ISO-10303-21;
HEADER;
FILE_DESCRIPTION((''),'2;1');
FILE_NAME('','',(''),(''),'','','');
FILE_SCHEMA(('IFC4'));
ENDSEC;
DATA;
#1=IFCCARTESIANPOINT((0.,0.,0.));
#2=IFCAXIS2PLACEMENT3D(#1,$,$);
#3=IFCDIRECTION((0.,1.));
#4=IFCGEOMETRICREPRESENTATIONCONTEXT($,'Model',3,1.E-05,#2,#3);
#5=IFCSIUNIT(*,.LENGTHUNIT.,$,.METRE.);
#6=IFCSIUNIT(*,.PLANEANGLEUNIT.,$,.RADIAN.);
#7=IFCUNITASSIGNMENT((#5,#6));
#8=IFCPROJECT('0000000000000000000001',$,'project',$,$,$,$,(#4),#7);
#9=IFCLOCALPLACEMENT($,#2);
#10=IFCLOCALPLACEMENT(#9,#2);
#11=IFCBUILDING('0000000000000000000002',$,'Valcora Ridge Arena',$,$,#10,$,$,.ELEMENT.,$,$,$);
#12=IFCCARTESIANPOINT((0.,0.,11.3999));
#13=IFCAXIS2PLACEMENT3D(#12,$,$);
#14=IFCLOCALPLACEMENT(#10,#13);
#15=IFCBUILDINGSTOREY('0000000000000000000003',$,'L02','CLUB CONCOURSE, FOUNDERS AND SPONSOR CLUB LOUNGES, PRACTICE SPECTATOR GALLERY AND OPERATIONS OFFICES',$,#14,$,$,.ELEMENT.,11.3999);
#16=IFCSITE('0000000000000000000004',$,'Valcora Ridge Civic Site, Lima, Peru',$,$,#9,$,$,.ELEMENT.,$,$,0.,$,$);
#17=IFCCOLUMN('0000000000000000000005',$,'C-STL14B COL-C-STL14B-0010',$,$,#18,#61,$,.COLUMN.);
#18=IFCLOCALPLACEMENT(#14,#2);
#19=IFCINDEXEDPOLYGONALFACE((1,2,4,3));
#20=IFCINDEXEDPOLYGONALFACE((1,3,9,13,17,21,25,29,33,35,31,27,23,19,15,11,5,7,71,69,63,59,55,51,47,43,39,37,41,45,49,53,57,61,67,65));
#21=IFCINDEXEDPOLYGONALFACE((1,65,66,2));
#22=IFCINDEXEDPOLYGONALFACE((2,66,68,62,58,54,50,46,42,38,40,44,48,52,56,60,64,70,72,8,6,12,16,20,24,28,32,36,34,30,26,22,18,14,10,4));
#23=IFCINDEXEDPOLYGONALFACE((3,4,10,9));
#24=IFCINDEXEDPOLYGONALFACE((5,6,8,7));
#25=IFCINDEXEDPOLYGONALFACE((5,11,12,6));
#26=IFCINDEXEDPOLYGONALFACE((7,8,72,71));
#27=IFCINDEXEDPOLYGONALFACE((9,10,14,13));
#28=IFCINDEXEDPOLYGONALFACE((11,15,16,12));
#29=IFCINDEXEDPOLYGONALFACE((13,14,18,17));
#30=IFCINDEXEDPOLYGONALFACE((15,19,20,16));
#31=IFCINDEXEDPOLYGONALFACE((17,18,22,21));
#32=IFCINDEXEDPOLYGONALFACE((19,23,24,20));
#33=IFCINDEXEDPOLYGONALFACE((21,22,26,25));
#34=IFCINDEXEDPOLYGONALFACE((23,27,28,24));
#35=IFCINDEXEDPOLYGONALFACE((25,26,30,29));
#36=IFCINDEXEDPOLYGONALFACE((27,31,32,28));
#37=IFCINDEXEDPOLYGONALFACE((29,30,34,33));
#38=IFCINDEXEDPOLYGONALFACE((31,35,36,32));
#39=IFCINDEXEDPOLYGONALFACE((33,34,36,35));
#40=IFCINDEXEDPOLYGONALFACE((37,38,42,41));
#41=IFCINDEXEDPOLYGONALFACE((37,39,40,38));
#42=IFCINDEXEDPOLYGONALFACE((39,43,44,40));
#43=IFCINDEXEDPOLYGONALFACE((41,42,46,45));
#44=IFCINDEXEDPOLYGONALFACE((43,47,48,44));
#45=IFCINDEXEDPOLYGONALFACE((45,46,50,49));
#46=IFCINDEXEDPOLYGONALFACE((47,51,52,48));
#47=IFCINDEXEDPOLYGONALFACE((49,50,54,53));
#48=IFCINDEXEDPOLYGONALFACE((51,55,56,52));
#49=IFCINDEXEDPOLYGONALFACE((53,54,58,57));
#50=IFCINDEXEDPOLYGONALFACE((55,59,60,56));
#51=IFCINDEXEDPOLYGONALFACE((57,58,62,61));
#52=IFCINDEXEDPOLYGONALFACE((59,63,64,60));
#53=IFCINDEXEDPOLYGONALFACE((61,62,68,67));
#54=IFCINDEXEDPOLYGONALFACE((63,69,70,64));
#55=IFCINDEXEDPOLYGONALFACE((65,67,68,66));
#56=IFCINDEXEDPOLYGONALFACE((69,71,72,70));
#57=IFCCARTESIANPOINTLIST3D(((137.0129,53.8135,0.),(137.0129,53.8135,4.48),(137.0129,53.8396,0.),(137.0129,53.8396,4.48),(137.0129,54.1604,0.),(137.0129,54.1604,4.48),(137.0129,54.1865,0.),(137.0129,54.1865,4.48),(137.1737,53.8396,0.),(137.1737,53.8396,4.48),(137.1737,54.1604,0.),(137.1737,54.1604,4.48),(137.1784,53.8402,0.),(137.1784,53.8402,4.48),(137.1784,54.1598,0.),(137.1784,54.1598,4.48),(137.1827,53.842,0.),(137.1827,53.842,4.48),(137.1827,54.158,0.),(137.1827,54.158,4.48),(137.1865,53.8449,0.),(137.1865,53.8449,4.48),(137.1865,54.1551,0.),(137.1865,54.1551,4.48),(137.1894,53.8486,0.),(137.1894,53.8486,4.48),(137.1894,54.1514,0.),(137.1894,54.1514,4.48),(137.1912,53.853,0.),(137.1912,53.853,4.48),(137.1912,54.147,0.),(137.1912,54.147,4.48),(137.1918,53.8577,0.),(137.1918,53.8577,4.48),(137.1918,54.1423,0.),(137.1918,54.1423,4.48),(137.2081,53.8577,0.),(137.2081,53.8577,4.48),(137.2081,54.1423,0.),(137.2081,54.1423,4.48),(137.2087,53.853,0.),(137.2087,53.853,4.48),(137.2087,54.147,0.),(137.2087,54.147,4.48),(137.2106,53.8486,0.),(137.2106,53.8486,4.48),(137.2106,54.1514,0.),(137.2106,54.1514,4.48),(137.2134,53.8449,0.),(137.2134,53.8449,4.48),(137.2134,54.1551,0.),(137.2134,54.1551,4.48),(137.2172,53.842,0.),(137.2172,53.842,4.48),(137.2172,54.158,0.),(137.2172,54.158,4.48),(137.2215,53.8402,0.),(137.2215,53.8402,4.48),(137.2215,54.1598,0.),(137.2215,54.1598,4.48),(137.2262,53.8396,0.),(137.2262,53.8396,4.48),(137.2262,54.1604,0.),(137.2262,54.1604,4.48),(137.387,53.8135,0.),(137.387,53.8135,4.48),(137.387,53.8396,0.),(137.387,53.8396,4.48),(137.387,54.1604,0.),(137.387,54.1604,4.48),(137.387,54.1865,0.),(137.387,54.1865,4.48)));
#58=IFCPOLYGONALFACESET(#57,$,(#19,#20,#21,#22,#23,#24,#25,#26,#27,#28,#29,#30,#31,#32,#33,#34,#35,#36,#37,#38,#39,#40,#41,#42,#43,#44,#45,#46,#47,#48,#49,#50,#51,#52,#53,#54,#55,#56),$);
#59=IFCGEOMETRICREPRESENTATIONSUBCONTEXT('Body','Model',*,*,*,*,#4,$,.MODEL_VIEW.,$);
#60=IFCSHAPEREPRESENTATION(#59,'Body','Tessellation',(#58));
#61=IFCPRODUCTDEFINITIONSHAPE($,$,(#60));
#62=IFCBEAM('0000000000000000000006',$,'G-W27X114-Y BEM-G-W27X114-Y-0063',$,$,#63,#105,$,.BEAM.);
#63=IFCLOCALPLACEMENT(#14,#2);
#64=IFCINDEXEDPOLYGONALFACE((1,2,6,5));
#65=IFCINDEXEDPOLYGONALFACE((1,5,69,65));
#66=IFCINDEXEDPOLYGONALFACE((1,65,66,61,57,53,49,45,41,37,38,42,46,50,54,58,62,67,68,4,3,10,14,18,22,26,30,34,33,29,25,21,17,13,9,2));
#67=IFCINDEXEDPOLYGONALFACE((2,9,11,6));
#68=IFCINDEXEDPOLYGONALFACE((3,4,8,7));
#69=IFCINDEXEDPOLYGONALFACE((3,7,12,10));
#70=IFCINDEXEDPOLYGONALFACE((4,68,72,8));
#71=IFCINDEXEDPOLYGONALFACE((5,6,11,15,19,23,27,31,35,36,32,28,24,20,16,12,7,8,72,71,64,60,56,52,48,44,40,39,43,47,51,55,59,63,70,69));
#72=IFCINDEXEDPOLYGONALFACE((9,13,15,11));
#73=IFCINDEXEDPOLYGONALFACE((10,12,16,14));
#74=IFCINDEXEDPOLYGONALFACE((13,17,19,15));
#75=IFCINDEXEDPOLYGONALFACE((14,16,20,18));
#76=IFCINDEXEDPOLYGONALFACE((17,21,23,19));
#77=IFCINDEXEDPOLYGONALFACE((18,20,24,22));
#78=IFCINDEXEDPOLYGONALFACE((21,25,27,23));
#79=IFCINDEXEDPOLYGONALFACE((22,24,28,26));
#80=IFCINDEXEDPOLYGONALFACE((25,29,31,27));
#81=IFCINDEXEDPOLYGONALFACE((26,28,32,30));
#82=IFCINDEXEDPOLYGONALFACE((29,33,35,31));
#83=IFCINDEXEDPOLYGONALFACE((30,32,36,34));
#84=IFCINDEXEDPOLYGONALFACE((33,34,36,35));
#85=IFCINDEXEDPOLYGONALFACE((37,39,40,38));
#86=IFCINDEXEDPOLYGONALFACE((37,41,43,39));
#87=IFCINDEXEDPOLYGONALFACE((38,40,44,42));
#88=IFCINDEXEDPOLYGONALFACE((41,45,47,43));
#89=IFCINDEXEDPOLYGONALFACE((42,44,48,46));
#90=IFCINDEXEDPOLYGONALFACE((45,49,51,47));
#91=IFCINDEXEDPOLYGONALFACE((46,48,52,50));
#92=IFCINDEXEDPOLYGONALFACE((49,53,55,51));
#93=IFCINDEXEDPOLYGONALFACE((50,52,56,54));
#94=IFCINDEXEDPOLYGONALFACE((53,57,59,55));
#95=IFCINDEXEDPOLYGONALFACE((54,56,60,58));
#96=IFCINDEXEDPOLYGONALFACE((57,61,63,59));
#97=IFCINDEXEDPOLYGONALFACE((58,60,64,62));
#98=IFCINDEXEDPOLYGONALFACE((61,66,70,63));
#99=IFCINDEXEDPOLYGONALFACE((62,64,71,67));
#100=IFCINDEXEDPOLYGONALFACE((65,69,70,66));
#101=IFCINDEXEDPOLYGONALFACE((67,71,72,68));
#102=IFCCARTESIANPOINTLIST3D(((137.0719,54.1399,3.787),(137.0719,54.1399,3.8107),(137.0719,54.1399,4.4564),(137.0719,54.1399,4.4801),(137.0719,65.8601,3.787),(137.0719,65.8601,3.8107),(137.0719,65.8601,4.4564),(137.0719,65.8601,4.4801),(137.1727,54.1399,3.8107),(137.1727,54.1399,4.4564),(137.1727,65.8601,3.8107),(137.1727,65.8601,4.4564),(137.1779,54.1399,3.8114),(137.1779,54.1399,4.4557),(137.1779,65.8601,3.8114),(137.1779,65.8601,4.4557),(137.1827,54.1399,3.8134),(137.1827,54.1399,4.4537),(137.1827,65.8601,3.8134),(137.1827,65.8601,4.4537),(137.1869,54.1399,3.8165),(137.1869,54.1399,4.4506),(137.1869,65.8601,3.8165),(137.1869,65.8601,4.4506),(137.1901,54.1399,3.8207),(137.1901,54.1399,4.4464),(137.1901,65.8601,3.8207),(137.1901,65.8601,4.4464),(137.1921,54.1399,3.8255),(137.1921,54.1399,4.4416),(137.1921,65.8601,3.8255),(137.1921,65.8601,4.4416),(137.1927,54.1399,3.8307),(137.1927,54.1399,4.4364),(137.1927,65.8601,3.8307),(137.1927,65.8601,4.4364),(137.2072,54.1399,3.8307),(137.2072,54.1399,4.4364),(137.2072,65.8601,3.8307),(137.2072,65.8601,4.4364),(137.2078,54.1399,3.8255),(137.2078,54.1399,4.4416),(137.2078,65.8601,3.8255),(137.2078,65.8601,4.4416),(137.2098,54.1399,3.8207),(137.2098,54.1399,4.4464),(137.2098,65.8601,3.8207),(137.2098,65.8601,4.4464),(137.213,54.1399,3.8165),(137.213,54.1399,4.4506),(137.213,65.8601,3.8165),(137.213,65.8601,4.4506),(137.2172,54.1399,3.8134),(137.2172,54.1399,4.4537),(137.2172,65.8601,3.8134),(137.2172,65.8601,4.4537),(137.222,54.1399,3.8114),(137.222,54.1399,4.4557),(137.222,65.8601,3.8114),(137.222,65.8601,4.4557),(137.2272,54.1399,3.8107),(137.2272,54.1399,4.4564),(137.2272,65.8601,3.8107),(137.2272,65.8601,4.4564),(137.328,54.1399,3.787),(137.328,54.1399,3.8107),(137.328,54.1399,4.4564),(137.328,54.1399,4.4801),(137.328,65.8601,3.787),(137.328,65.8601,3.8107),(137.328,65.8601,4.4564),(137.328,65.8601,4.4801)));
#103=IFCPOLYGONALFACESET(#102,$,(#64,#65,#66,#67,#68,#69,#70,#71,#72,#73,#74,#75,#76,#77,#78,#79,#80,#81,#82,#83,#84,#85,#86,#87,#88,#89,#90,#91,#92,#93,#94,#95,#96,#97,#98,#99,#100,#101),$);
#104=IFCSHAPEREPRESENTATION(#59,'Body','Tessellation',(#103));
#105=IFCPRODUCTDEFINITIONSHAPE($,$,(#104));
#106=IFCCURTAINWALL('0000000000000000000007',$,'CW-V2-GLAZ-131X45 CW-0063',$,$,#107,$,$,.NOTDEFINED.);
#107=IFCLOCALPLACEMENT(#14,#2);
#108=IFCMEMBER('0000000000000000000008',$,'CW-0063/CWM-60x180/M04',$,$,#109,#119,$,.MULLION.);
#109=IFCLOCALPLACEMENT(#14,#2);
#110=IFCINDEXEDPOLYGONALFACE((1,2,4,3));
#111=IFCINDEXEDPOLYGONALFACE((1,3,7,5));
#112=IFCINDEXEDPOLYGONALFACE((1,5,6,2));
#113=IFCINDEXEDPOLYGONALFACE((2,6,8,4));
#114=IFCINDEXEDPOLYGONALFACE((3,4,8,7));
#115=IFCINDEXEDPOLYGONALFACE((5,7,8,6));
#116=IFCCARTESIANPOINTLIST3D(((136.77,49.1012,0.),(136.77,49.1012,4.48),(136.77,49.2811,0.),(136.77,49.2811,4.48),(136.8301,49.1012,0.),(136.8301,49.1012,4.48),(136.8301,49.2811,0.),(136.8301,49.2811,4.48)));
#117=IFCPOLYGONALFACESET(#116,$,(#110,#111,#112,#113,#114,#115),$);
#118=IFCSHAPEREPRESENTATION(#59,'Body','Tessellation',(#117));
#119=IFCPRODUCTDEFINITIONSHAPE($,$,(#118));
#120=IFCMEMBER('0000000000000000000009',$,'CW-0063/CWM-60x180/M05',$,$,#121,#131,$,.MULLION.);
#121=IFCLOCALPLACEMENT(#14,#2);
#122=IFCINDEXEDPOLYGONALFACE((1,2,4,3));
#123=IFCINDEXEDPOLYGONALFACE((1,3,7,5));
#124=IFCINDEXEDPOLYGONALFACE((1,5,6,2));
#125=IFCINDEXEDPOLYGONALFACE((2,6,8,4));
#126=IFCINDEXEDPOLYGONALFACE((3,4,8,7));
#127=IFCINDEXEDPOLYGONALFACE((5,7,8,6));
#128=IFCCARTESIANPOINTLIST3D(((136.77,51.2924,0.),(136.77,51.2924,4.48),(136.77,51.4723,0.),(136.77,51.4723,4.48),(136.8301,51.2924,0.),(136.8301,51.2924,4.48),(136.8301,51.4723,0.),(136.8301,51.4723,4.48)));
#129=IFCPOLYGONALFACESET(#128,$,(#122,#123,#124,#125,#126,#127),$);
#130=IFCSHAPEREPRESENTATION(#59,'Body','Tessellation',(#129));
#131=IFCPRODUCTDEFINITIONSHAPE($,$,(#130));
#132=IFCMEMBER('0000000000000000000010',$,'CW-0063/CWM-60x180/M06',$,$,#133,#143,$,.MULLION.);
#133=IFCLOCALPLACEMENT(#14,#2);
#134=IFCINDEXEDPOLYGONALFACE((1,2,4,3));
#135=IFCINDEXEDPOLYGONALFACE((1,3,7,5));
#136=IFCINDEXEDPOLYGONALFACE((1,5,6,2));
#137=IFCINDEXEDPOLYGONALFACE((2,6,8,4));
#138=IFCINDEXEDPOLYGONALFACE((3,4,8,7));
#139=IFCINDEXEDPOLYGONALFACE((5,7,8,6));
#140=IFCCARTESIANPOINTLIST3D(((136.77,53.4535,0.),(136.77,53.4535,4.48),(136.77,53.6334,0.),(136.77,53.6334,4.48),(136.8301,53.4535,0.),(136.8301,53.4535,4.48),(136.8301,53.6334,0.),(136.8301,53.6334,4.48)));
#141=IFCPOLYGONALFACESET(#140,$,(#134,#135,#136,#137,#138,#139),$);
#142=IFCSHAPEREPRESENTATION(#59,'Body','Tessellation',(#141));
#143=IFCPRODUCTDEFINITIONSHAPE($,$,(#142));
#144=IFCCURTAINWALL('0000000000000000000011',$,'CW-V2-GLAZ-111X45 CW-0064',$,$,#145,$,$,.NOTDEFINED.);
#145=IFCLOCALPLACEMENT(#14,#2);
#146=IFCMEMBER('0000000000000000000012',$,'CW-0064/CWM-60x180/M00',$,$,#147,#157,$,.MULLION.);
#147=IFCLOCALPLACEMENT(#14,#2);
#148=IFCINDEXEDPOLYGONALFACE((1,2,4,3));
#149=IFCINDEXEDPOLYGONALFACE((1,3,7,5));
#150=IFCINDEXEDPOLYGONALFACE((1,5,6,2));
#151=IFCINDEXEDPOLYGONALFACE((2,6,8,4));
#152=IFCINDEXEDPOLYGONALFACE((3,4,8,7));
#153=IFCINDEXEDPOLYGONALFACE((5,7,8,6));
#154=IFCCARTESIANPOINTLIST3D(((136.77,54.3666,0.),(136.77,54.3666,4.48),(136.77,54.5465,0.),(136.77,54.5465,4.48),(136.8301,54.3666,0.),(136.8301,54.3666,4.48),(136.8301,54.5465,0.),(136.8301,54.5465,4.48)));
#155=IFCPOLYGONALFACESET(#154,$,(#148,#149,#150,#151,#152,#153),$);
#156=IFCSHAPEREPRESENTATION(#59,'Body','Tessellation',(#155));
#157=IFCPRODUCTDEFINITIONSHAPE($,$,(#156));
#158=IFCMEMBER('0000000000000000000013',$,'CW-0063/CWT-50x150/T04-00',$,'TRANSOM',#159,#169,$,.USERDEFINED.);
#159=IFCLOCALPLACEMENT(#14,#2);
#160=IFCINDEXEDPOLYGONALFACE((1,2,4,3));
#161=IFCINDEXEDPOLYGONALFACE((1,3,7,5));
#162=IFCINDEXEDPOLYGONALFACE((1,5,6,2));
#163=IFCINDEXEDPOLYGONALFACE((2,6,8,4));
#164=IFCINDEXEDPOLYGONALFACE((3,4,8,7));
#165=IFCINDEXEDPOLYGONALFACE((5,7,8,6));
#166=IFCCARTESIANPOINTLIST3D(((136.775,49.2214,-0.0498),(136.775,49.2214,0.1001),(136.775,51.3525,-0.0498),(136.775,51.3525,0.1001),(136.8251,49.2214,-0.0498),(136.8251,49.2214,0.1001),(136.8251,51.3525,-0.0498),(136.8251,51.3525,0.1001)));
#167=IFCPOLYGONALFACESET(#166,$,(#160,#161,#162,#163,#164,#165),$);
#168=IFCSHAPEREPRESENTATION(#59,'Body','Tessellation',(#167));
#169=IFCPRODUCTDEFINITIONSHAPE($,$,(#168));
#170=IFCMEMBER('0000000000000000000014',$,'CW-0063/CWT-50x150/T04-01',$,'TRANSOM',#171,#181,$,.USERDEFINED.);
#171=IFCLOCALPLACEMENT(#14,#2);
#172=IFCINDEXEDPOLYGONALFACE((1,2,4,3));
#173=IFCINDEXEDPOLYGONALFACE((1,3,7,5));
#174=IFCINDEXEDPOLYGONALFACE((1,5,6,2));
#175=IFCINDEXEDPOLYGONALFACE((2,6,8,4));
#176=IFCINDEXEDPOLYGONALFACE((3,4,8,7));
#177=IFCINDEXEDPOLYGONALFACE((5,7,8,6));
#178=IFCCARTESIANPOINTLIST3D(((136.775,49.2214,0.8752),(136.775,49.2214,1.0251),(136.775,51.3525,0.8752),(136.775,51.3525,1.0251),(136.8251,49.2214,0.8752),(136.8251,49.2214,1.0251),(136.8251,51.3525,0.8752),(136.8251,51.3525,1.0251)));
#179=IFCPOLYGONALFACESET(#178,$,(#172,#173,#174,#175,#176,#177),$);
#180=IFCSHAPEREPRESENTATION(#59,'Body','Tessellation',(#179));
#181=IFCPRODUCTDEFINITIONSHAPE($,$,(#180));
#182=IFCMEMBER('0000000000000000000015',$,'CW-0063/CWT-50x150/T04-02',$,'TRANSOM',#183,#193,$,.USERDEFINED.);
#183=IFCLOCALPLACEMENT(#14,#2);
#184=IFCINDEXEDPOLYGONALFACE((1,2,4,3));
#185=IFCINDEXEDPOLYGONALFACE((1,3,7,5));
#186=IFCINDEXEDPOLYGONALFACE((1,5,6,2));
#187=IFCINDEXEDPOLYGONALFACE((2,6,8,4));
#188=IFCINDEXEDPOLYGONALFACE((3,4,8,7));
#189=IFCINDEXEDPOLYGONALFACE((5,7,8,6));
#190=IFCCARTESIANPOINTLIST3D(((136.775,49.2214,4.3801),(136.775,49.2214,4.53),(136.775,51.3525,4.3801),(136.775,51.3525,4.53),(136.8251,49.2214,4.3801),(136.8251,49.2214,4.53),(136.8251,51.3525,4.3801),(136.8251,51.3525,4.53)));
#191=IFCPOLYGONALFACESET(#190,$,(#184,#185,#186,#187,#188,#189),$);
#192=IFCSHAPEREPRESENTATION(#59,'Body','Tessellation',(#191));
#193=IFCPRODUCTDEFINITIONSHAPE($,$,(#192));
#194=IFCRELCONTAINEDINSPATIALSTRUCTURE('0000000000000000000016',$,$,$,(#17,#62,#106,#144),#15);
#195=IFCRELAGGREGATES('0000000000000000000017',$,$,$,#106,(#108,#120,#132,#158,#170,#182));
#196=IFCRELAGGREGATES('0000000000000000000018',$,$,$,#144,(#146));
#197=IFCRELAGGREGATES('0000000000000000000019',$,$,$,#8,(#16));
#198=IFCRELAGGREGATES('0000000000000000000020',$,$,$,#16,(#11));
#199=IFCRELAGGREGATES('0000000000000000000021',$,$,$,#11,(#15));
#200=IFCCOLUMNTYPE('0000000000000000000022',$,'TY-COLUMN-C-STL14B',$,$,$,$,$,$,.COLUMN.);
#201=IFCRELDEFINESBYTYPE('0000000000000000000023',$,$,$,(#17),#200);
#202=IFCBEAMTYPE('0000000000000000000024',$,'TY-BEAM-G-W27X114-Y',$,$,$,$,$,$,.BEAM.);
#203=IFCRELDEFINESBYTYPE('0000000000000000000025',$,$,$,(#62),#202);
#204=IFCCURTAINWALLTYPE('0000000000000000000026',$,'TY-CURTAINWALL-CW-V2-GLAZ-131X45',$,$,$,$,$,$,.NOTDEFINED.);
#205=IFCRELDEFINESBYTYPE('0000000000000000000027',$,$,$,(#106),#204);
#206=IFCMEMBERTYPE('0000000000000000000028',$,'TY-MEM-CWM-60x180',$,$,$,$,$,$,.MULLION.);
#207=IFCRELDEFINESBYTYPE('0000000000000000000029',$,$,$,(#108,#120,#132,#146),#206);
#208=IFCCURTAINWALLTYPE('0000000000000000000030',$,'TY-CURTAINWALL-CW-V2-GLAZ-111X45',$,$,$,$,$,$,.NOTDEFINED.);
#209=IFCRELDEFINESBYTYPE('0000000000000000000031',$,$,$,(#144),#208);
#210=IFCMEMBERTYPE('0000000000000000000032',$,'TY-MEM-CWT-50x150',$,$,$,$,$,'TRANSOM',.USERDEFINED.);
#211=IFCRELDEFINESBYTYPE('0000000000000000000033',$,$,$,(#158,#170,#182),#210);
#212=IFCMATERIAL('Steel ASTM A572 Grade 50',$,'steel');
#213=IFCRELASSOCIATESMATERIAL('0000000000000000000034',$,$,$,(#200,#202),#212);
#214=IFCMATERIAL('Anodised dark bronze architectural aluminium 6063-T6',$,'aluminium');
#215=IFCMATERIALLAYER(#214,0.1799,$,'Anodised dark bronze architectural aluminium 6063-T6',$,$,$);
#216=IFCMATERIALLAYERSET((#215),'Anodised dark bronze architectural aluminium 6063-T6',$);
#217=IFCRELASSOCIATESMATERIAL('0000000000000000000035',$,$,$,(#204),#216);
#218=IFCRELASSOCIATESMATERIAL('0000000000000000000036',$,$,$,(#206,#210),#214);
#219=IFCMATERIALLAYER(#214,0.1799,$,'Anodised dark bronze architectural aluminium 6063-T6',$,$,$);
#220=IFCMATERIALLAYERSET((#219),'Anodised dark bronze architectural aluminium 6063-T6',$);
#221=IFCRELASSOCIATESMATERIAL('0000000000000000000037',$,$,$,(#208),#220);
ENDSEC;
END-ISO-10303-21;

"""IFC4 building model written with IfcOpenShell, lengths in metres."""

from ifc_helpers import new_model, si_unit, direction, frame, origin, origin_2d, place, context, subcontext, project, spatial, rectangle, i_section, extrude, material, layer, layer_set, material_profile, profile_set, type_object, element, aggregate, save


model = new_model("IFC4")

# Units and contexts
model_context = context("Model", 3, precision=1e-05, world=origin(), true_north=direction((0.0, 1.0)))
body_context = subcontext(model_context, "Body", "Model", "MODEL_VIEW")
ifc_project = project(units=[si_unit("LENGTHUNIT", "METRE"), si_unit("PLANEANGLEUNIT", "RADIAN")], contexts=[model_context])

# Site, building, storey
site_placement = place(None, origin())
site = spatial("IfcSite", under=ifc_project, at=site_placement, Name="Valcora Ridge Civic Site, Lima, Peru", CompositionType="ELEMENT", RefElevation=0.0)
building_placement = place(site_placement, origin())
building = spatial("IfcBuilding", under=site, at=building_placement, Name="Valcora Ridge Arena", CompositionType="ELEMENT")
storey_placement = place(building_placement, frame((0.0, 0.0, 11.3999)))
storey = spatial("IfcBuildingStorey", under=building, at=storey_placement, Name="L02", Description="CLUB CONCOURSE, FOUNDERS AND SPONSOR CLUB LOUNGES, PRACTICE SPECTATOR GALLERY AND OPERATIONS OFFICES", CompositionType="ELEMENT", Elevation=11.3999)

# Column
ifc_material_1 = material(Name="Steel ASTM A572 Grade 50", Category="steel")
ifc_material_profile_1 = material_profile(ifc_material_1, i_section(OverallWidth=0.374, OverallDepth=0.373, WebThickness=0.0164, FlangeThickness=0.0261, FilletRadius=0.0181, at=origin_2d()), Name="W14X132")
ifc_profile_set_1 = profile_set([ifc_material_profile_1], Name="Steel ASTM A572 Grade 50")
column_type = type_object("IfcColumnType", Name="TY-COLUMN-C-STL14B", PredefinedType="COLUMN", material=ifc_profile_set_1)
column_placement = place(storey_placement, frame((137.2, 54.0, 0.0), z_axis=(0.0, 0.0, 1.0), x_axis=(1.0, 0.0, 0.0)))
element("IfcColumn", 1, at=column_placement, inside=storey, type_object=column_type, Name="C-STL14B COL-C-STL14B-0010", PredefinedType="COLUMN", context=body_context, shape_type="SweptSolid", body=[
    extrude(i_section(OverallWidth=0.374, OverallDepth=0.373, WebThickness=0.0164, FlangeThickness=0.0261, FilletRadius=0.0181, at=origin_2d()), origin(), (0.0, 0.0, 1.0), 4.48),
])

# Beam
ifc_material_profile_2 = material_profile(ifc_material_1, i_section(OverallWidth=0.2561, OverallDepth=0.6931, WebThickness=0.0144, FlangeThickness=0.0237, FilletRadius=0.02, at=origin_2d()), Name="W27X114")
ifc_profile_set_2 = profile_set([ifc_material_profile_2], Name="Steel ASTM A572 Grade 50")
beam_type = type_object("IfcBeamType", Name="TY-BEAM-G-W27X114-Y", PredefinedType="BEAM", material=ifc_profile_set_2)
beam_placement = place(storey_placement, frame((137.2, 54.1399, 4.1335), z_axis=(0.0, 1.0, 0.0), x_axis=(-1.0, 0.0, 0.0)))
element("IfcBeam", 2, at=beam_placement, inside=storey, type_object=beam_type, Name="G-W27X114-Y BEM-G-W27X114-Y-0063", PredefinedType="BEAM", context=body_context, shape_type="SweptSolid", body=[
    extrude(i_section(OverallWidth=0.2561, OverallDepth=0.6931, WebThickness=0.0144, FlangeThickness=0.0237, FilletRadius=0.02, at=origin_2d()), origin(), (0.0, 0.0, 1.0), 11.7202),
])

# Curtain wall, members
ifc_material_2 = material(Name="Anodised dark bronze architectural aluminium 6063-T6", Category="aluminium")
ifc_layer_1 = layer(ifc_material_2, 0.1799, Name="Anodised dark bronze architectural aluminium 6063-T6")
ifc_layer_set_1 = layer_set([ifc_layer_1], Name="Anodised dark bronze architectural aluminium 6063-T6")
curtain_wall_type_1 = type_object("IfcCurtainWallType", Name="TY-CURTAINWALL-CW-V2-GLAZ-131X45", PredefinedType="NOTDEFINED", material=ifc_layer_set_1)
curtain_wall_1_placement = place(storey_placement, origin())
curtain_wall_1 = element("IfcCurtainWall", 3, at=curtain_wall_1_placement, inside=storey, type_object=curtain_wall_type_1, Name="CW-V2-GLAZ-131X45 CW-0063", PredefinedType="NOTDEFINED")
ifc_material_profile_3 = material_profile(ifc_material_2, rectangle(XDim=0.0601, YDim=0.1799, at=origin_2d()), Name="ALU MULLION 60x180")
ifc_profile_set_3 = profile_set([ifc_material_profile_3], Name="Anodised dark bronze architectural aluminium 6063-T6")
member_type_1 = type_object("IfcMemberType", Name="TY-MEM-CWM-60x180", PredefinedType="MULLION", material=ifc_profile_set_3)
member_1_placement = place(storey_placement, frame((136.8, 49.1912, 0.0), z_axis=(0.0, 0.0, 1.0), x_axis=(-1.0, 0.0, 0.0)))
member_1 = element("IfcMember", 4, at=member_1_placement, type_object=member_type_1, Name="CW-0063/CWM-60x180/M04", PredefinedType="MULLION", context=body_context, shape_type="SweptSolid", body=[
    extrude(rectangle(XDim=0.0601, YDim=0.1799, at=origin_2d()), origin(), (0.0, 0.0, 1.0), 4.48),
])
member_2_placement = place(storey_placement, frame((136.8, 51.3823, 0.0), z_axis=(0.0, 0.0, 1.0), x_axis=(-1.0, 0.0, 0.0)))
member_2 = element("IfcMember", 5, at=member_2_placement, type_object=member_type_1, Name="CW-0063/CWM-60x180/M05", PredefinedType="MULLION", context=body_context, shape_type="SweptSolid", body=[
    extrude(rectangle(XDim=0.0601, YDim=0.1799, at=origin_2d()), origin(), (0.0, 0.0, 1.0), 4.48),
])
member_3_placement = place(storey_placement, frame((136.8, 53.5435, 0.0), z_axis=(0.0, 0.0, 1.0), x_axis=(-1.0, 0.0, 0.0)))
member_3 = element("IfcMember", 6, at=member_3_placement, type_object=member_type_1, Name="CW-0063/CWM-60x180/M06", PredefinedType="MULLION", context=body_context, shape_type="SweptSolid", body=[
    extrude(rectangle(XDim=0.0601, YDim=0.1799, at=origin_2d()), origin(), (0.0, 0.0, 1.0), 4.48),
])

# Curtain wall, member
ifc_layer_2 = layer(ifc_material_2, 0.1799, Name="Anodised dark bronze architectural aluminium 6063-T6")
ifc_layer_set_2 = layer_set([ifc_layer_2], Name="Anodised dark bronze architectural aluminium 6063-T6")
curtain_wall_type_2 = type_object("IfcCurtainWallType", Name="TY-CURTAINWALL-CW-V2-GLAZ-111X45", PredefinedType="NOTDEFINED", material=ifc_layer_set_2)
curtain_wall_2_placement = place(storey_placement, origin())
curtain_wall_2 = element("IfcCurtainWall", 7, at=curtain_wall_2_placement, inside=storey, type_object=curtain_wall_type_2, Name="CW-V2-GLAZ-111X45 CW-0064", PredefinedType="NOTDEFINED")
member_4_placement = place(storey_placement, frame((136.8, 54.4565, 0.0), z_axis=(0.0, 0.0, 1.0), x_axis=(-1.0, 0.0, 0.0)))
member_4 = element("IfcMember", 8, at=member_4_placement, type_object=member_type_1, Name="CW-0064/CWM-60x180/M00", PredefinedType="MULLION", context=body_context, shape_type="SweptSolid", body=[
    extrude(rectangle(XDim=0.0601, YDim=0.1799, at=origin_2d()), origin(), (0.0, 0.0, 1.0), 4.48),
])

# Members
ifc_material_profile_4 = material_profile(ifc_material_2, rectangle(XDim=0.05, YDim=0.1499, at=origin_2d()), Name="ALU TRANSOM 50x150")
ifc_profile_set_4 = profile_set([ifc_material_profile_4], Name="Anodised dark bronze architectural aluminium 6063-T6")
member_type_2 = type_object("IfcMemberType", Name="TY-MEM-CWT-50x150", ElementType="TRANSOM", PredefinedType="USERDEFINED", material=ifc_profile_set_4)
member_5_placement = place(storey_placement, frame((136.8, 49.2214, 0.0251), z_axis=(0.0, 1.0, 0.0), x_axis=(-1.0, 0.0, 0.0)))
member_5 = element("IfcMember", 9, at=member_5_placement, type_object=member_type_2, Name="CW-0063/CWT-50x150/T04-00", ObjectType="TRANSOM", PredefinedType="USERDEFINED", context=body_context, shape_type="SweptSolid", body=[
    extrude(rectangle(XDim=0.05, YDim=0.1499, at=origin_2d()), origin(), (0.0, 0.0, 1.0), 2.1311),
])
member_6_placement = place(storey_placement, frame((136.8, 49.2214, 0.9502), z_axis=(0.0, 1.0, 0.0), x_axis=(-1.0, 0.0, 0.0)))
member_6 = element("IfcMember", 10, at=member_6_placement, type_object=member_type_2, Name="CW-0063/CWT-50x150/T04-01", ObjectType="TRANSOM", PredefinedType="USERDEFINED", context=body_context, shape_type="SweptSolid", body=[
    extrude(rectangle(XDim=0.05, YDim=0.1499, at=origin_2d()), origin(), (0.0, 0.0, 1.0), 2.1311),
])
member_7_placement = place(storey_placement, frame((136.8, 49.2214, 4.4551), z_axis=(0.0, 1.0, 0.0), x_axis=(-1.0, 0.0, 0.0)))
member_7 = element("IfcMember", 11, at=member_7_placement, type_object=member_type_2, Name="CW-0063/CWT-50x150/T04-02", ObjectType="TRANSOM", PredefinedType="USERDEFINED", context=body_context, shape_type="SweptSolid", body=[
    extrude(rectangle(XDim=0.05, YDim=0.1499, at=origin_2d()), origin(), (0.0, 0.0, 1.0), 2.1311),
])

aggregate(curtain_wall_1, [member_1, member_2, member_3, member_5, member_6, member_7])
aggregate(curtain_wall_2, [member_4])

save(model, "model.ifc")
